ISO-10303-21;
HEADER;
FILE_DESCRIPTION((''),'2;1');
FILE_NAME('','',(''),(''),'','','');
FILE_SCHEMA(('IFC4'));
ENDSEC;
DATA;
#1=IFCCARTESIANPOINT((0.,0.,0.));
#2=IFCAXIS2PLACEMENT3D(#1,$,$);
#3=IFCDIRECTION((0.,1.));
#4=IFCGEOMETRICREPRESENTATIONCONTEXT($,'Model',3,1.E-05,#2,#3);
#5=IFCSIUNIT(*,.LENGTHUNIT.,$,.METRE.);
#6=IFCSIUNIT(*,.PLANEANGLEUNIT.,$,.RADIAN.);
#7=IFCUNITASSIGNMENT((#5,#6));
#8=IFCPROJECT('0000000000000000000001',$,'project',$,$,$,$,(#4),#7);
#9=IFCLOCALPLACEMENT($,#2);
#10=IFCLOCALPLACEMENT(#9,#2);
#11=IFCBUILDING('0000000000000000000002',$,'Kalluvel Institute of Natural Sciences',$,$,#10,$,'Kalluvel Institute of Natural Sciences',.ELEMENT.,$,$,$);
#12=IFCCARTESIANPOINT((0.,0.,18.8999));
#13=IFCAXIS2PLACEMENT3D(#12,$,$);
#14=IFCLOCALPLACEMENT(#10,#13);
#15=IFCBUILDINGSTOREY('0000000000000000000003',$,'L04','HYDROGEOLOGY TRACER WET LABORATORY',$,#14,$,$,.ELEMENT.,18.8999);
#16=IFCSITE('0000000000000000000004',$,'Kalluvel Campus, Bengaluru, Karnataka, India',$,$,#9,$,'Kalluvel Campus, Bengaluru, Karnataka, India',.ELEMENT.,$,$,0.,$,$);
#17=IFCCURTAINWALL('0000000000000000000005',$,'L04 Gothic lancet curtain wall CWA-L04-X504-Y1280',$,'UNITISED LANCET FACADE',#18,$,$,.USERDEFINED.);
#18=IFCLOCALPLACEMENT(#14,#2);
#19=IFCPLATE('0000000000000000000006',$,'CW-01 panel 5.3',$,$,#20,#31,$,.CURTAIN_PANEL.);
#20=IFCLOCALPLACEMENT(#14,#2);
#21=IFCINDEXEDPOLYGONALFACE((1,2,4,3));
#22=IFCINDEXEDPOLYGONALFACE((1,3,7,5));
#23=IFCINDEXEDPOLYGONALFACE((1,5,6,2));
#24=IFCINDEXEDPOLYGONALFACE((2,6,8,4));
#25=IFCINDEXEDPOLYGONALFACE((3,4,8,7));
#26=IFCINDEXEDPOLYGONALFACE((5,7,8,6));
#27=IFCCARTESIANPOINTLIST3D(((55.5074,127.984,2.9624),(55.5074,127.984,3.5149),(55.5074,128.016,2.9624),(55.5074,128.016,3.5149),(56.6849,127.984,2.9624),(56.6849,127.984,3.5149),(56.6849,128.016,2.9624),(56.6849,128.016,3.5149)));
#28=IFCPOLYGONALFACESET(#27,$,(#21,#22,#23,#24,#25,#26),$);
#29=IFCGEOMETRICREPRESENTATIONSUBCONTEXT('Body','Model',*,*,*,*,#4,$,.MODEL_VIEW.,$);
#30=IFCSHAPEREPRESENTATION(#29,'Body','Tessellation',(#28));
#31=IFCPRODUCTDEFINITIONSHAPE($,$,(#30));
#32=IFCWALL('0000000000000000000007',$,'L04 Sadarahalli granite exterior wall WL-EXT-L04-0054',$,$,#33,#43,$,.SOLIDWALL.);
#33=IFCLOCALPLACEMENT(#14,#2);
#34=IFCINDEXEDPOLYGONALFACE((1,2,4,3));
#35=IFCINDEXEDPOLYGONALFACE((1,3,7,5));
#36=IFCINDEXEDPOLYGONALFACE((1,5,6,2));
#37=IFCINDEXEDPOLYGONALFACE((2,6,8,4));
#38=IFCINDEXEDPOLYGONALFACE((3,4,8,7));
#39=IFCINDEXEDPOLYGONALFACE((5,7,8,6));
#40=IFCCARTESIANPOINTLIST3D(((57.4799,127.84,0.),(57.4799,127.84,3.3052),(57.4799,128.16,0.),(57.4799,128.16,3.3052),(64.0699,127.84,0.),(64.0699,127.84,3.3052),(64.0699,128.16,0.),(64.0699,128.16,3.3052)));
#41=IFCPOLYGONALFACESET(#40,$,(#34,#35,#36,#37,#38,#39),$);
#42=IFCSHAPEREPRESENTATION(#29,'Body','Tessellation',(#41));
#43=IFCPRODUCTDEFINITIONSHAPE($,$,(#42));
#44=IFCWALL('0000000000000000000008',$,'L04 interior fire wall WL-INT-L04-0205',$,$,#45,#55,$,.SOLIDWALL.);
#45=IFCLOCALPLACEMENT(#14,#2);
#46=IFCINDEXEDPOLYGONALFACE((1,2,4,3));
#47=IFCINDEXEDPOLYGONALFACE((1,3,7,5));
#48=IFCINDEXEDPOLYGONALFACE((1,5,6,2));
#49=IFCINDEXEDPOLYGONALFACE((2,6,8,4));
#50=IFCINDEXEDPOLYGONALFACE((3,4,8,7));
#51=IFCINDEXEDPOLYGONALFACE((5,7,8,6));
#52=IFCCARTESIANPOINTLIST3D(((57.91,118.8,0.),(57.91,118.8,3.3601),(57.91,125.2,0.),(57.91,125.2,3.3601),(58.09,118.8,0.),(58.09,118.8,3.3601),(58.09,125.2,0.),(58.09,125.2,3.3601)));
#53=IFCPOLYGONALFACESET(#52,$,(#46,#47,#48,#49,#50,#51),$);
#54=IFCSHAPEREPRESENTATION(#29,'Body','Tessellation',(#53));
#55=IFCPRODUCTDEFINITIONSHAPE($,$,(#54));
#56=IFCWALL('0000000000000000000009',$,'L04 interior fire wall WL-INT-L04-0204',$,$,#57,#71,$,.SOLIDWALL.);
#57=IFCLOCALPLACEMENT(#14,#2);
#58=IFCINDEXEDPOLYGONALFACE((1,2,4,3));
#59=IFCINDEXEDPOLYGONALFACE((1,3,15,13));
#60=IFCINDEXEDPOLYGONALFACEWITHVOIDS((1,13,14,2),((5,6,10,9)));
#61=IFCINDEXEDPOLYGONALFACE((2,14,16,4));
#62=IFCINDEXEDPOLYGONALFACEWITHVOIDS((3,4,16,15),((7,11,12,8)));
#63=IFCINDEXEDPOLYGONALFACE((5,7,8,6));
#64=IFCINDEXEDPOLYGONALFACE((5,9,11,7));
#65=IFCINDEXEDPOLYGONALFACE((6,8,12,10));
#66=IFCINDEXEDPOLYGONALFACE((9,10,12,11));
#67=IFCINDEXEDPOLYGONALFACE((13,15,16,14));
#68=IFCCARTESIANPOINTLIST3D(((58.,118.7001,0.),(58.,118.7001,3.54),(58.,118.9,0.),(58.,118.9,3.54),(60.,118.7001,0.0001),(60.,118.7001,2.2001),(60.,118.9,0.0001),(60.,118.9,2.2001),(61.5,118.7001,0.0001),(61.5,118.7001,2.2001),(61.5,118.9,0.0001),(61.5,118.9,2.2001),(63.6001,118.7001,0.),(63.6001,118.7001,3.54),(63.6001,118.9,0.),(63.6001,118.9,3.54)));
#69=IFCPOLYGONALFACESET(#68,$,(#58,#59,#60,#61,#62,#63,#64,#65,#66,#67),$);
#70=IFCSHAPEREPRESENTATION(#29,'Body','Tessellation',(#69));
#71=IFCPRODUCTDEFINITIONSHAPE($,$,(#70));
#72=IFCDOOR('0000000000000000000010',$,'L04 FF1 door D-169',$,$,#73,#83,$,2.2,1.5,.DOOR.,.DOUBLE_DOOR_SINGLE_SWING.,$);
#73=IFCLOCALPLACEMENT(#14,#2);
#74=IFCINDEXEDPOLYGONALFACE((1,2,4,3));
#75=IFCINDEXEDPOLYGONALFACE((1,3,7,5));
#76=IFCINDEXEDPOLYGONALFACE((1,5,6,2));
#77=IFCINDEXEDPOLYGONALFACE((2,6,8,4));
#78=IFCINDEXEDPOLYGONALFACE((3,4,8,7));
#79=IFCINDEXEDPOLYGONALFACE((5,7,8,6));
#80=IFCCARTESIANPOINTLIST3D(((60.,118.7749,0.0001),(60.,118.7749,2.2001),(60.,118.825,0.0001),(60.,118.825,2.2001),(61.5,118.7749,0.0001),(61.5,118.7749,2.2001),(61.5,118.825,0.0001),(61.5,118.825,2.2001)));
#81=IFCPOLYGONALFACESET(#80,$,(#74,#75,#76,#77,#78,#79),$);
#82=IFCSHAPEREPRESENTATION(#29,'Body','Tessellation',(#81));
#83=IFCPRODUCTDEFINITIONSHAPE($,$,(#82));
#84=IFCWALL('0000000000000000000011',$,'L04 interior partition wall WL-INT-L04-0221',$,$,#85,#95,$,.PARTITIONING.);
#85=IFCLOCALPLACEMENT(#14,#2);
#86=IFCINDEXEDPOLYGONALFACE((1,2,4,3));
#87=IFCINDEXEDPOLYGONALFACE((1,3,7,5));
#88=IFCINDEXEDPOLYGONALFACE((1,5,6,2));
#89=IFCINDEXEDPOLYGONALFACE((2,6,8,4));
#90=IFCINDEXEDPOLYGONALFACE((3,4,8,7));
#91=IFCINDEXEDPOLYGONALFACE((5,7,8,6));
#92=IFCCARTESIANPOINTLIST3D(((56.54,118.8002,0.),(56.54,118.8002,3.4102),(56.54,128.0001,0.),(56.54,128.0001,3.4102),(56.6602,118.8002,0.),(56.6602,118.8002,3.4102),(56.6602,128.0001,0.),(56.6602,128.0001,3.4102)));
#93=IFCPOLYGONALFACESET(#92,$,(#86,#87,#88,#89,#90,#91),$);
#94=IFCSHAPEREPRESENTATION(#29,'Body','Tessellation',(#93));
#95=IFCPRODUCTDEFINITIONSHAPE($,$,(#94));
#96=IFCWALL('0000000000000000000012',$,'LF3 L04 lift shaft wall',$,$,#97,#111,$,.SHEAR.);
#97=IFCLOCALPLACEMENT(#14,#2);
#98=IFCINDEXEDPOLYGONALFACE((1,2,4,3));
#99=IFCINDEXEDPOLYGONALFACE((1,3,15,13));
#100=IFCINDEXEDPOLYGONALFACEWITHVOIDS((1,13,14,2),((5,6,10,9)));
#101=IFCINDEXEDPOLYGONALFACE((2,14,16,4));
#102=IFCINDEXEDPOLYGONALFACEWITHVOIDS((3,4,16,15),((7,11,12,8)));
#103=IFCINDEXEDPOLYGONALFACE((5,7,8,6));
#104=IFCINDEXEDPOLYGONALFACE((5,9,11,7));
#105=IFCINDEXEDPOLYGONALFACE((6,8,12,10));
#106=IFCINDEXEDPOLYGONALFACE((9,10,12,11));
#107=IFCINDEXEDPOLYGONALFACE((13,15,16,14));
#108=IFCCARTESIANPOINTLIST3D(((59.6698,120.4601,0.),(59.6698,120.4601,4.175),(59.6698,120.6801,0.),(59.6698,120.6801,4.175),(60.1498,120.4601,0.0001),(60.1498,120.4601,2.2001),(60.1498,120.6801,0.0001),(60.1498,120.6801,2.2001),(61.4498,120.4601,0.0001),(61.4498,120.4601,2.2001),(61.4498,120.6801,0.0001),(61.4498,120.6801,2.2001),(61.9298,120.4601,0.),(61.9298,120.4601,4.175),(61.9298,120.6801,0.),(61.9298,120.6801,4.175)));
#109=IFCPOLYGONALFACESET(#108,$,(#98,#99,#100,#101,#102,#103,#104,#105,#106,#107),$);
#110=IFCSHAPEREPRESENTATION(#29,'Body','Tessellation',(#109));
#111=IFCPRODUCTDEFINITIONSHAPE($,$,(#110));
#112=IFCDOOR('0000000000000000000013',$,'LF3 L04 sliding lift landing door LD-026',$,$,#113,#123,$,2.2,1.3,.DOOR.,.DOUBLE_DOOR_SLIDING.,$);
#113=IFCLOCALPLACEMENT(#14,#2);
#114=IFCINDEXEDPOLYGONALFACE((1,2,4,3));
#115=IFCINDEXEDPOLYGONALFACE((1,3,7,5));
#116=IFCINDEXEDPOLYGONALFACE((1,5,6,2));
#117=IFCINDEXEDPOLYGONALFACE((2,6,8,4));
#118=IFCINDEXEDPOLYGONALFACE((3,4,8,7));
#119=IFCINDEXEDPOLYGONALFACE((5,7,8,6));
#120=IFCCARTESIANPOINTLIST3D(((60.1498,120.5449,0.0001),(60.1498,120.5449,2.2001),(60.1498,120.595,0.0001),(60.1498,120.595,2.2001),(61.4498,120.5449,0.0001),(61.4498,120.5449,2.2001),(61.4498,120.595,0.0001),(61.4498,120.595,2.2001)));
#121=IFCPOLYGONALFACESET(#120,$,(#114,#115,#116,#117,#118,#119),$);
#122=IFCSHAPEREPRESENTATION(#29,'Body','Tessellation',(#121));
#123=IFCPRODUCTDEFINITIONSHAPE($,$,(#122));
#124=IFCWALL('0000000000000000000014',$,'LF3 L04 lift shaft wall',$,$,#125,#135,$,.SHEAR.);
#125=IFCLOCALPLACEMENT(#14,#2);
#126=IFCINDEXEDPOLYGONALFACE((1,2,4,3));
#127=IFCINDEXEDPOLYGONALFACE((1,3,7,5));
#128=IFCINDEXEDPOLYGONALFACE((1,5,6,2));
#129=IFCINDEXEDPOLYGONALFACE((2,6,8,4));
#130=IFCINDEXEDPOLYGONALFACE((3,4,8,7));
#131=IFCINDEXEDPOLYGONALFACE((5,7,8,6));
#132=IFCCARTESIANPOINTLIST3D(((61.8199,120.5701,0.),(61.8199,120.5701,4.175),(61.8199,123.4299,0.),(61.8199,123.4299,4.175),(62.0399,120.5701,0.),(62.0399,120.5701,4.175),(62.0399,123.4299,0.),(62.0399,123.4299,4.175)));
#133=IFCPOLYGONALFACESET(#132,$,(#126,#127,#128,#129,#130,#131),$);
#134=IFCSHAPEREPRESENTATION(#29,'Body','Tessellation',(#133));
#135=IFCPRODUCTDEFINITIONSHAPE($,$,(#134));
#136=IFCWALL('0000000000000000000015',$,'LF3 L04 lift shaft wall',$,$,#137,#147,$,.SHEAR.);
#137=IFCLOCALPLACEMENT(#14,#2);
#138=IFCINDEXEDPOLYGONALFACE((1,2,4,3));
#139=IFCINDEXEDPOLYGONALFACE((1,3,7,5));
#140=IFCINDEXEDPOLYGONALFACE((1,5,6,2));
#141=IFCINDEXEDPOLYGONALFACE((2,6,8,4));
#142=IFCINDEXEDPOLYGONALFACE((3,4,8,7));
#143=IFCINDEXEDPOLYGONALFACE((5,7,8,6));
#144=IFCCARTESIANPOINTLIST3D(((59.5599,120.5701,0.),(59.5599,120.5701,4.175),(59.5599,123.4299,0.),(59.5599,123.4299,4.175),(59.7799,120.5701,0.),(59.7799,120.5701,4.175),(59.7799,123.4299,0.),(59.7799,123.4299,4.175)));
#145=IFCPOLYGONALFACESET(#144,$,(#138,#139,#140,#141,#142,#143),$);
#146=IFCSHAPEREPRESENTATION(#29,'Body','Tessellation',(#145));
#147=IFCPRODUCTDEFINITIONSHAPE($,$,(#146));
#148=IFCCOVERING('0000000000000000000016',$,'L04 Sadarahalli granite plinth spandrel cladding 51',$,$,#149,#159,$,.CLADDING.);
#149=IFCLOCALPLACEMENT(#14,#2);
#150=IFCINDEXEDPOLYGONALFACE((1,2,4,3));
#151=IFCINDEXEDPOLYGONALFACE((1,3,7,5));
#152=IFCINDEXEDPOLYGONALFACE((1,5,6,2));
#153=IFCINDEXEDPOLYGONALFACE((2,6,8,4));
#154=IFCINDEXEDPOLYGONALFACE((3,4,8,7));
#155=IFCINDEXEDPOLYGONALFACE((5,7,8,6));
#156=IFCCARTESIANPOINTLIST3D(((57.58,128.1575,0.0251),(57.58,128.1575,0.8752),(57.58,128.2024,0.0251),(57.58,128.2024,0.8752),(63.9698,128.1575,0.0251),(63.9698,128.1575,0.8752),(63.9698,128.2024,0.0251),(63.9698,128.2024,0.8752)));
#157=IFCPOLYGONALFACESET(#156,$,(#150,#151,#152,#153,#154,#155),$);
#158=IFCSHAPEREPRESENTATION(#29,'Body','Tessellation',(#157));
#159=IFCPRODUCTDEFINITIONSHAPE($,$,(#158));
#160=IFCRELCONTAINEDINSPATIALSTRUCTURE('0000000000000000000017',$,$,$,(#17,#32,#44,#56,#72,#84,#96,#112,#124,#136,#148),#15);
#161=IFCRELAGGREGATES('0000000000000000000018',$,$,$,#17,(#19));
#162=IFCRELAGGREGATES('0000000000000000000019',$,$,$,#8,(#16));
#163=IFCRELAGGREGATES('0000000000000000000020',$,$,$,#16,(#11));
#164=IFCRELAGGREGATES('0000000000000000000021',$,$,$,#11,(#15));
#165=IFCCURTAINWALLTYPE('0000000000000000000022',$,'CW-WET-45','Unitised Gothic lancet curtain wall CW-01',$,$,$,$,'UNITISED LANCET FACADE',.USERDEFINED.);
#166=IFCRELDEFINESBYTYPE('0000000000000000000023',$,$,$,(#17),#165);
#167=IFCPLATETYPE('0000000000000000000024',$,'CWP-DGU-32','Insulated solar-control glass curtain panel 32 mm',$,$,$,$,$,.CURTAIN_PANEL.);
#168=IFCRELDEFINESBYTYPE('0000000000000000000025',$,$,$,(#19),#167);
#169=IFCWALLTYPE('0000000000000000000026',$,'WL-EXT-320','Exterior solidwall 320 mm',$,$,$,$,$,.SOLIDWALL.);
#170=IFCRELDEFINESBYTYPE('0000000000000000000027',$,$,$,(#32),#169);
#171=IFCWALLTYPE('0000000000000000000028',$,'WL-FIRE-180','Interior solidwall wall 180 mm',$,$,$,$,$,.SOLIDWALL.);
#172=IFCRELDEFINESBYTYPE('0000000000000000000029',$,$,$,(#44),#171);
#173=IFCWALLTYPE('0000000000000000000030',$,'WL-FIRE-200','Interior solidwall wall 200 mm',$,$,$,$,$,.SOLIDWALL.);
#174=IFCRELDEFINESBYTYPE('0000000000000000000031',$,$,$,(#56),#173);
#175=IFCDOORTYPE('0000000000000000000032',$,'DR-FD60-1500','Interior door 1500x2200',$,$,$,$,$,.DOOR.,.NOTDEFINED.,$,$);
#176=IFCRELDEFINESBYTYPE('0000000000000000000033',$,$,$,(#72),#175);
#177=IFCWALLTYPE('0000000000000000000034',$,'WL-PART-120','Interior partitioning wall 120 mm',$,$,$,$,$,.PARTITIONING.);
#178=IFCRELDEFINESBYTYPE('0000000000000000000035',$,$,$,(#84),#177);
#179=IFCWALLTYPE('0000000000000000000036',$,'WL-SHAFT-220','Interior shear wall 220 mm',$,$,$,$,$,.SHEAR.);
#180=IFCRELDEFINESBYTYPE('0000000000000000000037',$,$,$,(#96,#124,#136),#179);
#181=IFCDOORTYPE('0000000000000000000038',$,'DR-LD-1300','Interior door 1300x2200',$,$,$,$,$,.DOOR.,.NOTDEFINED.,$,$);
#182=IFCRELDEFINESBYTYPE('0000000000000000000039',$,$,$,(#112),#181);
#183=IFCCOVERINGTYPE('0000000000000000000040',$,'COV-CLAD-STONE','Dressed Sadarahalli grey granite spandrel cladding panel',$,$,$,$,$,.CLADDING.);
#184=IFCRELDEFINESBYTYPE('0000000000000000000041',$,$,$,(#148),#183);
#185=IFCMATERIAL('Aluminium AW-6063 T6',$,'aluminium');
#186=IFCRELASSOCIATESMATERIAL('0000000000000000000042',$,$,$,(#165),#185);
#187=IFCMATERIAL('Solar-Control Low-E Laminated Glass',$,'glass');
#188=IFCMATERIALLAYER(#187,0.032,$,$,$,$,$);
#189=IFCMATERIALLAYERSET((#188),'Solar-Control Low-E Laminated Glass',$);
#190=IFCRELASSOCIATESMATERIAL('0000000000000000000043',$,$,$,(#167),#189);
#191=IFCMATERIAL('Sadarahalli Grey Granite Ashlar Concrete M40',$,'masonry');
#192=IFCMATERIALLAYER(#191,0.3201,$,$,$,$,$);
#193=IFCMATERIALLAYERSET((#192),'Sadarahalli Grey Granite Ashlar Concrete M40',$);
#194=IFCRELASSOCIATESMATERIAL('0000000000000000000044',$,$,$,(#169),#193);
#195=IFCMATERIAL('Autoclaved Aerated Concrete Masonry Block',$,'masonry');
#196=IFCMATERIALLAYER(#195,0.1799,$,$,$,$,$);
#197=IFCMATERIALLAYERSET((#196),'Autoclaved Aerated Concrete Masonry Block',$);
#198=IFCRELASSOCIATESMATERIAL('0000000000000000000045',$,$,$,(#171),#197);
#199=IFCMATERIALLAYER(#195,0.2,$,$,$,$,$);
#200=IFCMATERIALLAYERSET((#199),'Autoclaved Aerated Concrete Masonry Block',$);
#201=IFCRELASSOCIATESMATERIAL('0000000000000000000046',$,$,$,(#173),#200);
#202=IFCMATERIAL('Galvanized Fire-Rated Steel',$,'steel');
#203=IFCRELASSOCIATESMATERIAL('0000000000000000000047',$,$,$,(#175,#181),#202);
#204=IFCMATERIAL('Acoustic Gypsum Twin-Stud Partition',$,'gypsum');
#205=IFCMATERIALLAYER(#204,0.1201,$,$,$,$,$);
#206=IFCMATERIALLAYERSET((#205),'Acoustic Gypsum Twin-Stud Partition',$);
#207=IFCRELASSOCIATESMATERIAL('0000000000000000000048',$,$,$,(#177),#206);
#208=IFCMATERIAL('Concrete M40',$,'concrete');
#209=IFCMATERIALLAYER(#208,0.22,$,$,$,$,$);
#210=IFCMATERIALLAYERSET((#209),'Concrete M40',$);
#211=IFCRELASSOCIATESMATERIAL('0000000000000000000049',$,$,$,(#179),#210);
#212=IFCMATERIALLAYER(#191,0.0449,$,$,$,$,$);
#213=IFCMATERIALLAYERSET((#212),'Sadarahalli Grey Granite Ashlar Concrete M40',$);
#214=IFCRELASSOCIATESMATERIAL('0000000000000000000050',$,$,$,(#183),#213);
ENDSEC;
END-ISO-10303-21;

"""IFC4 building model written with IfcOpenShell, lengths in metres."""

from ifc_helpers import new_model, si_unit, direction, frame, frame_2d, origin, origin_2d, place, context, subcontext, project, spatial, rectangle, extrude, material, layer, layer_set, type_object, element, fill, aggregate, save


model = new_model("IFC4")

# Units and contexts
model_context = context("Model", 3, precision=1e-05, world=origin(), true_north=direction((0.0, 1.0)))
body_context = subcontext(model_context, "Body", "Model", "MODEL_VIEW")
ifc_project = project(units=[si_unit("LENGTHUNIT", "METRE"), si_unit("PLANEANGLEUNIT", "RADIAN")], contexts=[model_context])

# Site, building, storey
site_placement = place(None, origin())
site = spatial("IfcSite", under=ifc_project, at=site_placement, Name="Kalluvel Campus, Bengaluru, Karnataka, India", LongName="Kalluvel Campus, Bengaluru, Karnataka, India", CompositionType="ELEMENT", RefElevation=0.0)
building_placement = place(site_placement, origin())
building = spatial("IfcBuilding", under=site, at=building_placement, Name="Kalluvel Institute of Natural Sciences", LongName="Kalluvel Institute of Natural Sciences", CompositionType="ELEMENT")
storey_placement = place(building_placement, frame((0.0, 0.0, 18.8999)))
storey = spatial("IfcBuildingStorey", under=building, at=storey_placement, Name="L04", Description="HYDROGEOLOGY TRACER WET LABORATORY", CompositionType="ELEMENT", Elevation=18.8999)

# Shared definitions
ifc_material_1 = material(Name="Concrete M40", Category="concrete")

# Curtain wall
ifc_material_2 = material(Name="Aluminium AW-6063 T6", Category="aluminium")
curtain_wall_type = type_object("IfcCurtainWallType", Name="CW-WET-45", Description="Unitised Gothic lancet curtain wall CW-01", ElementType="UNITISED LANCET FACADE", PredefinedType="USERDEFINED", material=ifc_material_2)
curtain_wall_placement = place(storey_placement, origin())
curtain_wall = element("IfcCurtainWall", 1, at=curtain_wall_placement, inside=storey, type_object=curtain_wall_type, Name="L04 Gothic lancet curtain wall CWA-L04-X504-Y1280", ObjectType="UNITISED LANCET FACADE", PredefinedType="USERDEFINED")

# Plate
ifc_material_3 = material(Name="Solar-Control Low-E Laminated Glass", Category="glass")
ifc_layer_1 = layer(ifc_material_3, 0.032)
ifc_layer_set_1 = layer_set([ifc_layer_1], Name="Solar-Control Low-E Laminated Glass")
plate_type = type_object("IfcPlateType", Name="CWP-DGU-32", Description="Insulated solar-control glass curtain panel 32 mm", PredefinedType="CURTAIN_PANEL", material=ifc_layer_set_1)
plate_1_placement = place(storey_placement, frame((56.0962, 128.0, 2.9624), z_axis=(0.0, 0.0, 1.0), x_axis=(1.0, 0.0, 0.0)))
plate_1 = element("IfcPlate", 2, at=plate_1_placement, type_object=plate_type, Name="CW-01 panel 5.3", PredefinedType="CURTAIN_PANEL", context=body_context, shape_type="SweptSolid", body=[
    extrude(rectangle(XDim=1.1775, YDim=0.032, at=origin_2d()), origin(), (0.0, 0.0, 1.0), 0.5525),
])
aggregate(curtain_wall, [plate_1])

# Walls
ifc_material_4 = material(Name="Sadarahalli Grey Granite Ashlar Concrete M40", Category="masonry")
ifc_layer_2 = layer(ifc_material_4, 0.3201)
ifc_layer_set_2 = layer_set([ifc_layer_2], Name="Sadarahalli Grey Granite Ashlar Concrete M40")
wall_type_1 = type_object("IfcWallType", Name="WL-EXT-320", Description="Exterior solidwall 320 mm", PredefinedType="SOLIDWALL", material=ifc_layer_set_2)
wall_1_placement = place(storey_placement, frame((57.48, 128.0, 0.0), z_axis=(0.0, 0.0, 1.0), x_axis=(1.0, 0.0, 0.0)))
element("IfcWall", 3, at=wall_1_placement, inside=storey, type_object=wall_type_1, Name="L04 Sadarahalli granite exterior wall WL-EXT-L04-0054", PredefinedType="SOLIDWALL", context=body_context, shape_type="SweptSolid", body=[
    extrude(rectangle(XDim=6.5901, YDim=0.3201, at=frame_2d((3.2949, 0.0))), origin(), (0.0, 0.0, 1.0), 3.3052),
])
ifc_material_5 = material(Name="Autoclaved Aerated Concrete Masonry Block", Category="masonry")
ifc_layer_3 = layer(ifc_material_5, 0.1799)
ifc_layer_set_3 = layer_set([ifc_layer_3], Name="Autoclaved Aerated Concrete Masonry Block")
wall_type_2 = type_object("IfcWallType", Name="WL-FIRE-180", Description="Interior solidwall wall 180 mm", PredefinedType="SOLIDWALL", material=ifc_layer_set_3)
wall_2_placement = place(storey_placement, frame((58.0, 118.8, 0.0), z_axis=(0.0, 0.0, 1.0), x_axis=(0.0, 1.0, 0.0)))
element("IfcWall", 4, at=wall_2_placement, inside=storey, type_object=wall_type_2, Name="L04 interior fire wall WL-INT-L04-0205", PredefinedType="SOLIDWALL", context=body_context, shape_type="SweptSolid", body=[
    extrude(rectangle(XDim=6.3999, YDim=0.1799, at=frame_2d((3.2, 0.0))), origin(), (0.0, 0.0, 1.0), 3.3601),
])

# Wall, opening, door
ifc_layer_4 = layer(ifc_material_5, 0.2)
ifc_layer_set_4 = layer_set([ifc_layer_4], Name="Autoclaved Aerated Concrete Masonry Block")
wall_type_3 = type_object("IfcWallType", Name="WL-FIRE-200", Description="Interior solidwall wall 200 mm", PredefinedType="SOLIDWALL", material=ifc_layer_set_4)
wall_3_placement = place(storey_placement, frame((58.0, 118.8, 0.0), z_axis=(0.0, 0.0, 1.0), x_axis=(1.0, 0.0, 0.0)))
wall_3 = element("IfcWall", 5, at=wall_3_placement, inside=storey, type_object=wall_type_3, Name="L04 interior fire wall WL-INT-L04-0204", PredefinedType="SOLIDWALL", context=body_context, shape_type="SweptSolid", body=[
    extrude(rectangle(XDim=5.6001, YDim=0.2, at=frame_2d((2.8, 0.0))), origin(), (0.0, 0.0, 1.0), 3.54),
])
opening_1_placement = place(wall_3_placement, frame((2.0, 0.0, 0.0)))
opening_1 = element("IfcOpeningElement", 6, at=opening_1_placement, cuts=wall_3, PredefinedType="OPENING", context=body_context, shape_type="SweptSolid", body=[
    extrude(rectangle(XDim=1.5, YDim=2.2, at=frame_2d((0.75, 1.1001))), frame((0.0, 0.1099, 0.0), z_axis=(0.0, -1.0, 0.0), x_axis=(1.0, 0.0, 0.0)), (0.0, 0.0, 1.0), 0.22),
])
ifc_material_6 = material(Name="Galvanized Fire-Rated Steel", Category="steel")
door_type_1 = type_object("IfcDoorType", Name="DR-FD60-1500", Description="Interior door 1500x2200", OperationType="NOTDEFINED", PredefinedType="DOOR", material=ifc_material_6)
door_1_placement = place(opening_1_placement, origin())
door_1 = element("IfcDoor", 7, at=door_1_placement, inside=storey, type_object=door_type_1, Name="L04 FF1 door D-169", OperationType="DOUBLE_DOOR_SINGLE_SWING", OverallHeight=2.2, OverallWidth=1.5, PredefinedType="DOOR", context=body_context, shape_type="SweptSolid", body=[
    extrude(rectangle(XDim=1.5, YDim=2.2, at=frame_2d((0.75, 1.1001))), frame((0.0, 0.0249, 0.0), z_axis=(0.0, -1.0, 0.0), x_axis=(1.0, 0.0, 0.0)), (0.0, 0.0, 1.0), 0.05),
])
fill(opening_1, door_1)

# Wall
ifc_material_7 = material(Name="Acoustic Gypsum Twin-Stud Partition", Category="gypsum")
ifc_layer_5 = layer(ifc_material_7, 0.1201)
ifc_layer_set_5 = layer_set([ifc_layer_5], Name="Acoustic Gypsum Twin-Stud Partition")
wall_type_4 = type_object("IfcWallType", Name="WL-PART-120", Description="Interior partitioning wall 120 mm", PredefinedType="PARTITIONING", material=ifc_layer_set_5)
wall_4_placement = place(storey_placement, frame((56.6001, 118.8, 0.0), z_axis=(0.0, 0.0, 1.0), x_axis=(0.0, 1.0, 0.0)))
element("IfcWall", 8, at=wall_4_placement, inside=storey, type_object=wall_type_4, Name="L04 interior partition wall WL-INT-L04-0221", PredefinedType="PARTITIONING", context=body_context, shape_type="SweptSolid", body=[
    extrude(rectangle(XDim=9.2, YDim=0.1201, at=frame_2d((4.6001, 0.0))), origin(), (0.0, 0.0, 1.0), 3.4102),
])

# Wall, opening, door
ifc_layer_6 = layer(ifc_material_1, 0.22)
ifc_layer_set_6 = layer_set([ifc_layer_6], Name="Concrete M40")
wall_type_5 = type_object("IfcWallType", Name="WL-SHAFT-220", Description="Interior shear wall 220 mm", PredefinedType="SHEAR", material=ifc_layer_set_6)
wall_5_placement = place(storey_placement, frame((59.6699, 120.5701, 0.0), z_axis=(0.0, 0.0, 1.0), x_axis=(1.0, 0.0, 0.0)))
wall_5 = element("IfcWall", 9, at=wall_5_placement, inside=storey, type_object=wall_type_5, Name="LF3 L04 lift shaft wall", PredefinedType="SHEAR", context=body_context, shape_type="SweptSolid", body=[
    extrude(rectangle(XDim=2.26, YDim=0.22, at=frame_2d((1.1299, 0.0))), origin(), (0.0, 0.0, 1.0), 4.175),
])
opening_2_placement = place(wall_5_placement, frame((0.48, 0.0, 0.0)))
opening_2 = element("IfcOpeningElement", 10, at=opening_2_placement, cuts=wall_5, PredefinedType="OPENING", context=body_context, shape_type="SweptSolid", body=[
    extrude(rectangle(XDim=1.3, YDim=2.2, at=frame_2d((0.6499, 1.1001))), frame((0.0, 0.1199, 0.0), z_axis=(0.0, -1.0, 0.0), x_axis=(1.0, 0.0, 0.0)), (0.0, 0.0, 1.0), 0.24),
])
door_type_2 = type_object("IfcDoorType", Name="DR-LD-1300", Description="Interior door 1300x2200", OperationType="NOTDEFINED", PredefinedType="DOOR", material=ifc_material_6)
door_2_placement = place(opening_2_placement, origin())
door_2 = element("IfcDoor", 11, at=door_2_placement, inside=storey, type_object=door_type_2, Name="LF3 L04 sliding lift landing door LD-026", OperationType="DOUBLE_DOOR_SLIDING", OverallHeight=2.2, OverallWidth=1.3, PredefinedType="DOOR", context=body_context, shape_type="SweptSolid", body=[
    extrude(rectangle(XDim=1.3, YDim=2.2, at=frame_2d((0.6499, 1.1001))), frame((0.0, 0.0249, 0.0), z_axis=(0.0, -1.0, 0.0), x_axis=(1.0, 0.0, 0.0)), (0.0, 0.0, 1.0), 0.05),
])
fill(opening_2, door_2)

# Walls
for number, where, z_axis, x_axis, name in (
    (12, (61.9299, 120.5701, 0.0), (0.0, 0.0, 1.0), (0.0, 1.0, 0.0), "LF3 L04 lift shaft wall"),
    (13, (59.6699, 123.4299, 0.0), (0.0, 0.0, 1.0), (0.0, -1.0, 0.0), "LF3 L04 lift shaft wall"),
):
    element("IfcWall", number, at=place(storey_placement, frame(where, z_axis=z_axis, x_axis=x_axis)), inside=storey, type_object=wall_type_5, Name=name, PredefinedType="SHEAR", context=body_context, shape_type="SweptSolid", body=[
        extrude(rectangle(XDim=2.8599, YDim=0.22, at=frame_2d((1.4299, 0.0))), origin(), (0.0, 0.0, 1.0), 4.175),
    ])

# Covering
ifc_layer_7 = layer(ifc_material_4, 0.0449)
ifc_layer_set_7 = layer_set([ifc_layer_7], Name="Sadarahalli Grey Granite Ashlar Concrete M40")
covering_type = type_object("IfcCoveringType", Name="COV-CLAD-STONE", Description="Dressed Sadarahalli grey granite spandrel cladding panel", PredefinedType="CLADDING", material=ifc_layer_set_7)
covering_placement = place(storey_placement, frame((60.7749, 128.1799, 0.0251), z_axis=(0.0, 0.0, 1.0), x_axis=(1.0, 0.0, 0.0)))
element("IfcCovering", 14, at=covering_placement, inside=storey, type_object=covering_type, Name="L04 Sadarahalli granite plinth spandrel cladding 51", PredefinedType="CLADDING", context=body_context, shape_type="SweptSolid", body=[
    extrude(rectangle(XDim=6.3899, YDim=0.0449, at=origin_2d()), origin(), (0.0, 0.0, 1.0), 0.8501),
])

save(model, "model.ifc")
